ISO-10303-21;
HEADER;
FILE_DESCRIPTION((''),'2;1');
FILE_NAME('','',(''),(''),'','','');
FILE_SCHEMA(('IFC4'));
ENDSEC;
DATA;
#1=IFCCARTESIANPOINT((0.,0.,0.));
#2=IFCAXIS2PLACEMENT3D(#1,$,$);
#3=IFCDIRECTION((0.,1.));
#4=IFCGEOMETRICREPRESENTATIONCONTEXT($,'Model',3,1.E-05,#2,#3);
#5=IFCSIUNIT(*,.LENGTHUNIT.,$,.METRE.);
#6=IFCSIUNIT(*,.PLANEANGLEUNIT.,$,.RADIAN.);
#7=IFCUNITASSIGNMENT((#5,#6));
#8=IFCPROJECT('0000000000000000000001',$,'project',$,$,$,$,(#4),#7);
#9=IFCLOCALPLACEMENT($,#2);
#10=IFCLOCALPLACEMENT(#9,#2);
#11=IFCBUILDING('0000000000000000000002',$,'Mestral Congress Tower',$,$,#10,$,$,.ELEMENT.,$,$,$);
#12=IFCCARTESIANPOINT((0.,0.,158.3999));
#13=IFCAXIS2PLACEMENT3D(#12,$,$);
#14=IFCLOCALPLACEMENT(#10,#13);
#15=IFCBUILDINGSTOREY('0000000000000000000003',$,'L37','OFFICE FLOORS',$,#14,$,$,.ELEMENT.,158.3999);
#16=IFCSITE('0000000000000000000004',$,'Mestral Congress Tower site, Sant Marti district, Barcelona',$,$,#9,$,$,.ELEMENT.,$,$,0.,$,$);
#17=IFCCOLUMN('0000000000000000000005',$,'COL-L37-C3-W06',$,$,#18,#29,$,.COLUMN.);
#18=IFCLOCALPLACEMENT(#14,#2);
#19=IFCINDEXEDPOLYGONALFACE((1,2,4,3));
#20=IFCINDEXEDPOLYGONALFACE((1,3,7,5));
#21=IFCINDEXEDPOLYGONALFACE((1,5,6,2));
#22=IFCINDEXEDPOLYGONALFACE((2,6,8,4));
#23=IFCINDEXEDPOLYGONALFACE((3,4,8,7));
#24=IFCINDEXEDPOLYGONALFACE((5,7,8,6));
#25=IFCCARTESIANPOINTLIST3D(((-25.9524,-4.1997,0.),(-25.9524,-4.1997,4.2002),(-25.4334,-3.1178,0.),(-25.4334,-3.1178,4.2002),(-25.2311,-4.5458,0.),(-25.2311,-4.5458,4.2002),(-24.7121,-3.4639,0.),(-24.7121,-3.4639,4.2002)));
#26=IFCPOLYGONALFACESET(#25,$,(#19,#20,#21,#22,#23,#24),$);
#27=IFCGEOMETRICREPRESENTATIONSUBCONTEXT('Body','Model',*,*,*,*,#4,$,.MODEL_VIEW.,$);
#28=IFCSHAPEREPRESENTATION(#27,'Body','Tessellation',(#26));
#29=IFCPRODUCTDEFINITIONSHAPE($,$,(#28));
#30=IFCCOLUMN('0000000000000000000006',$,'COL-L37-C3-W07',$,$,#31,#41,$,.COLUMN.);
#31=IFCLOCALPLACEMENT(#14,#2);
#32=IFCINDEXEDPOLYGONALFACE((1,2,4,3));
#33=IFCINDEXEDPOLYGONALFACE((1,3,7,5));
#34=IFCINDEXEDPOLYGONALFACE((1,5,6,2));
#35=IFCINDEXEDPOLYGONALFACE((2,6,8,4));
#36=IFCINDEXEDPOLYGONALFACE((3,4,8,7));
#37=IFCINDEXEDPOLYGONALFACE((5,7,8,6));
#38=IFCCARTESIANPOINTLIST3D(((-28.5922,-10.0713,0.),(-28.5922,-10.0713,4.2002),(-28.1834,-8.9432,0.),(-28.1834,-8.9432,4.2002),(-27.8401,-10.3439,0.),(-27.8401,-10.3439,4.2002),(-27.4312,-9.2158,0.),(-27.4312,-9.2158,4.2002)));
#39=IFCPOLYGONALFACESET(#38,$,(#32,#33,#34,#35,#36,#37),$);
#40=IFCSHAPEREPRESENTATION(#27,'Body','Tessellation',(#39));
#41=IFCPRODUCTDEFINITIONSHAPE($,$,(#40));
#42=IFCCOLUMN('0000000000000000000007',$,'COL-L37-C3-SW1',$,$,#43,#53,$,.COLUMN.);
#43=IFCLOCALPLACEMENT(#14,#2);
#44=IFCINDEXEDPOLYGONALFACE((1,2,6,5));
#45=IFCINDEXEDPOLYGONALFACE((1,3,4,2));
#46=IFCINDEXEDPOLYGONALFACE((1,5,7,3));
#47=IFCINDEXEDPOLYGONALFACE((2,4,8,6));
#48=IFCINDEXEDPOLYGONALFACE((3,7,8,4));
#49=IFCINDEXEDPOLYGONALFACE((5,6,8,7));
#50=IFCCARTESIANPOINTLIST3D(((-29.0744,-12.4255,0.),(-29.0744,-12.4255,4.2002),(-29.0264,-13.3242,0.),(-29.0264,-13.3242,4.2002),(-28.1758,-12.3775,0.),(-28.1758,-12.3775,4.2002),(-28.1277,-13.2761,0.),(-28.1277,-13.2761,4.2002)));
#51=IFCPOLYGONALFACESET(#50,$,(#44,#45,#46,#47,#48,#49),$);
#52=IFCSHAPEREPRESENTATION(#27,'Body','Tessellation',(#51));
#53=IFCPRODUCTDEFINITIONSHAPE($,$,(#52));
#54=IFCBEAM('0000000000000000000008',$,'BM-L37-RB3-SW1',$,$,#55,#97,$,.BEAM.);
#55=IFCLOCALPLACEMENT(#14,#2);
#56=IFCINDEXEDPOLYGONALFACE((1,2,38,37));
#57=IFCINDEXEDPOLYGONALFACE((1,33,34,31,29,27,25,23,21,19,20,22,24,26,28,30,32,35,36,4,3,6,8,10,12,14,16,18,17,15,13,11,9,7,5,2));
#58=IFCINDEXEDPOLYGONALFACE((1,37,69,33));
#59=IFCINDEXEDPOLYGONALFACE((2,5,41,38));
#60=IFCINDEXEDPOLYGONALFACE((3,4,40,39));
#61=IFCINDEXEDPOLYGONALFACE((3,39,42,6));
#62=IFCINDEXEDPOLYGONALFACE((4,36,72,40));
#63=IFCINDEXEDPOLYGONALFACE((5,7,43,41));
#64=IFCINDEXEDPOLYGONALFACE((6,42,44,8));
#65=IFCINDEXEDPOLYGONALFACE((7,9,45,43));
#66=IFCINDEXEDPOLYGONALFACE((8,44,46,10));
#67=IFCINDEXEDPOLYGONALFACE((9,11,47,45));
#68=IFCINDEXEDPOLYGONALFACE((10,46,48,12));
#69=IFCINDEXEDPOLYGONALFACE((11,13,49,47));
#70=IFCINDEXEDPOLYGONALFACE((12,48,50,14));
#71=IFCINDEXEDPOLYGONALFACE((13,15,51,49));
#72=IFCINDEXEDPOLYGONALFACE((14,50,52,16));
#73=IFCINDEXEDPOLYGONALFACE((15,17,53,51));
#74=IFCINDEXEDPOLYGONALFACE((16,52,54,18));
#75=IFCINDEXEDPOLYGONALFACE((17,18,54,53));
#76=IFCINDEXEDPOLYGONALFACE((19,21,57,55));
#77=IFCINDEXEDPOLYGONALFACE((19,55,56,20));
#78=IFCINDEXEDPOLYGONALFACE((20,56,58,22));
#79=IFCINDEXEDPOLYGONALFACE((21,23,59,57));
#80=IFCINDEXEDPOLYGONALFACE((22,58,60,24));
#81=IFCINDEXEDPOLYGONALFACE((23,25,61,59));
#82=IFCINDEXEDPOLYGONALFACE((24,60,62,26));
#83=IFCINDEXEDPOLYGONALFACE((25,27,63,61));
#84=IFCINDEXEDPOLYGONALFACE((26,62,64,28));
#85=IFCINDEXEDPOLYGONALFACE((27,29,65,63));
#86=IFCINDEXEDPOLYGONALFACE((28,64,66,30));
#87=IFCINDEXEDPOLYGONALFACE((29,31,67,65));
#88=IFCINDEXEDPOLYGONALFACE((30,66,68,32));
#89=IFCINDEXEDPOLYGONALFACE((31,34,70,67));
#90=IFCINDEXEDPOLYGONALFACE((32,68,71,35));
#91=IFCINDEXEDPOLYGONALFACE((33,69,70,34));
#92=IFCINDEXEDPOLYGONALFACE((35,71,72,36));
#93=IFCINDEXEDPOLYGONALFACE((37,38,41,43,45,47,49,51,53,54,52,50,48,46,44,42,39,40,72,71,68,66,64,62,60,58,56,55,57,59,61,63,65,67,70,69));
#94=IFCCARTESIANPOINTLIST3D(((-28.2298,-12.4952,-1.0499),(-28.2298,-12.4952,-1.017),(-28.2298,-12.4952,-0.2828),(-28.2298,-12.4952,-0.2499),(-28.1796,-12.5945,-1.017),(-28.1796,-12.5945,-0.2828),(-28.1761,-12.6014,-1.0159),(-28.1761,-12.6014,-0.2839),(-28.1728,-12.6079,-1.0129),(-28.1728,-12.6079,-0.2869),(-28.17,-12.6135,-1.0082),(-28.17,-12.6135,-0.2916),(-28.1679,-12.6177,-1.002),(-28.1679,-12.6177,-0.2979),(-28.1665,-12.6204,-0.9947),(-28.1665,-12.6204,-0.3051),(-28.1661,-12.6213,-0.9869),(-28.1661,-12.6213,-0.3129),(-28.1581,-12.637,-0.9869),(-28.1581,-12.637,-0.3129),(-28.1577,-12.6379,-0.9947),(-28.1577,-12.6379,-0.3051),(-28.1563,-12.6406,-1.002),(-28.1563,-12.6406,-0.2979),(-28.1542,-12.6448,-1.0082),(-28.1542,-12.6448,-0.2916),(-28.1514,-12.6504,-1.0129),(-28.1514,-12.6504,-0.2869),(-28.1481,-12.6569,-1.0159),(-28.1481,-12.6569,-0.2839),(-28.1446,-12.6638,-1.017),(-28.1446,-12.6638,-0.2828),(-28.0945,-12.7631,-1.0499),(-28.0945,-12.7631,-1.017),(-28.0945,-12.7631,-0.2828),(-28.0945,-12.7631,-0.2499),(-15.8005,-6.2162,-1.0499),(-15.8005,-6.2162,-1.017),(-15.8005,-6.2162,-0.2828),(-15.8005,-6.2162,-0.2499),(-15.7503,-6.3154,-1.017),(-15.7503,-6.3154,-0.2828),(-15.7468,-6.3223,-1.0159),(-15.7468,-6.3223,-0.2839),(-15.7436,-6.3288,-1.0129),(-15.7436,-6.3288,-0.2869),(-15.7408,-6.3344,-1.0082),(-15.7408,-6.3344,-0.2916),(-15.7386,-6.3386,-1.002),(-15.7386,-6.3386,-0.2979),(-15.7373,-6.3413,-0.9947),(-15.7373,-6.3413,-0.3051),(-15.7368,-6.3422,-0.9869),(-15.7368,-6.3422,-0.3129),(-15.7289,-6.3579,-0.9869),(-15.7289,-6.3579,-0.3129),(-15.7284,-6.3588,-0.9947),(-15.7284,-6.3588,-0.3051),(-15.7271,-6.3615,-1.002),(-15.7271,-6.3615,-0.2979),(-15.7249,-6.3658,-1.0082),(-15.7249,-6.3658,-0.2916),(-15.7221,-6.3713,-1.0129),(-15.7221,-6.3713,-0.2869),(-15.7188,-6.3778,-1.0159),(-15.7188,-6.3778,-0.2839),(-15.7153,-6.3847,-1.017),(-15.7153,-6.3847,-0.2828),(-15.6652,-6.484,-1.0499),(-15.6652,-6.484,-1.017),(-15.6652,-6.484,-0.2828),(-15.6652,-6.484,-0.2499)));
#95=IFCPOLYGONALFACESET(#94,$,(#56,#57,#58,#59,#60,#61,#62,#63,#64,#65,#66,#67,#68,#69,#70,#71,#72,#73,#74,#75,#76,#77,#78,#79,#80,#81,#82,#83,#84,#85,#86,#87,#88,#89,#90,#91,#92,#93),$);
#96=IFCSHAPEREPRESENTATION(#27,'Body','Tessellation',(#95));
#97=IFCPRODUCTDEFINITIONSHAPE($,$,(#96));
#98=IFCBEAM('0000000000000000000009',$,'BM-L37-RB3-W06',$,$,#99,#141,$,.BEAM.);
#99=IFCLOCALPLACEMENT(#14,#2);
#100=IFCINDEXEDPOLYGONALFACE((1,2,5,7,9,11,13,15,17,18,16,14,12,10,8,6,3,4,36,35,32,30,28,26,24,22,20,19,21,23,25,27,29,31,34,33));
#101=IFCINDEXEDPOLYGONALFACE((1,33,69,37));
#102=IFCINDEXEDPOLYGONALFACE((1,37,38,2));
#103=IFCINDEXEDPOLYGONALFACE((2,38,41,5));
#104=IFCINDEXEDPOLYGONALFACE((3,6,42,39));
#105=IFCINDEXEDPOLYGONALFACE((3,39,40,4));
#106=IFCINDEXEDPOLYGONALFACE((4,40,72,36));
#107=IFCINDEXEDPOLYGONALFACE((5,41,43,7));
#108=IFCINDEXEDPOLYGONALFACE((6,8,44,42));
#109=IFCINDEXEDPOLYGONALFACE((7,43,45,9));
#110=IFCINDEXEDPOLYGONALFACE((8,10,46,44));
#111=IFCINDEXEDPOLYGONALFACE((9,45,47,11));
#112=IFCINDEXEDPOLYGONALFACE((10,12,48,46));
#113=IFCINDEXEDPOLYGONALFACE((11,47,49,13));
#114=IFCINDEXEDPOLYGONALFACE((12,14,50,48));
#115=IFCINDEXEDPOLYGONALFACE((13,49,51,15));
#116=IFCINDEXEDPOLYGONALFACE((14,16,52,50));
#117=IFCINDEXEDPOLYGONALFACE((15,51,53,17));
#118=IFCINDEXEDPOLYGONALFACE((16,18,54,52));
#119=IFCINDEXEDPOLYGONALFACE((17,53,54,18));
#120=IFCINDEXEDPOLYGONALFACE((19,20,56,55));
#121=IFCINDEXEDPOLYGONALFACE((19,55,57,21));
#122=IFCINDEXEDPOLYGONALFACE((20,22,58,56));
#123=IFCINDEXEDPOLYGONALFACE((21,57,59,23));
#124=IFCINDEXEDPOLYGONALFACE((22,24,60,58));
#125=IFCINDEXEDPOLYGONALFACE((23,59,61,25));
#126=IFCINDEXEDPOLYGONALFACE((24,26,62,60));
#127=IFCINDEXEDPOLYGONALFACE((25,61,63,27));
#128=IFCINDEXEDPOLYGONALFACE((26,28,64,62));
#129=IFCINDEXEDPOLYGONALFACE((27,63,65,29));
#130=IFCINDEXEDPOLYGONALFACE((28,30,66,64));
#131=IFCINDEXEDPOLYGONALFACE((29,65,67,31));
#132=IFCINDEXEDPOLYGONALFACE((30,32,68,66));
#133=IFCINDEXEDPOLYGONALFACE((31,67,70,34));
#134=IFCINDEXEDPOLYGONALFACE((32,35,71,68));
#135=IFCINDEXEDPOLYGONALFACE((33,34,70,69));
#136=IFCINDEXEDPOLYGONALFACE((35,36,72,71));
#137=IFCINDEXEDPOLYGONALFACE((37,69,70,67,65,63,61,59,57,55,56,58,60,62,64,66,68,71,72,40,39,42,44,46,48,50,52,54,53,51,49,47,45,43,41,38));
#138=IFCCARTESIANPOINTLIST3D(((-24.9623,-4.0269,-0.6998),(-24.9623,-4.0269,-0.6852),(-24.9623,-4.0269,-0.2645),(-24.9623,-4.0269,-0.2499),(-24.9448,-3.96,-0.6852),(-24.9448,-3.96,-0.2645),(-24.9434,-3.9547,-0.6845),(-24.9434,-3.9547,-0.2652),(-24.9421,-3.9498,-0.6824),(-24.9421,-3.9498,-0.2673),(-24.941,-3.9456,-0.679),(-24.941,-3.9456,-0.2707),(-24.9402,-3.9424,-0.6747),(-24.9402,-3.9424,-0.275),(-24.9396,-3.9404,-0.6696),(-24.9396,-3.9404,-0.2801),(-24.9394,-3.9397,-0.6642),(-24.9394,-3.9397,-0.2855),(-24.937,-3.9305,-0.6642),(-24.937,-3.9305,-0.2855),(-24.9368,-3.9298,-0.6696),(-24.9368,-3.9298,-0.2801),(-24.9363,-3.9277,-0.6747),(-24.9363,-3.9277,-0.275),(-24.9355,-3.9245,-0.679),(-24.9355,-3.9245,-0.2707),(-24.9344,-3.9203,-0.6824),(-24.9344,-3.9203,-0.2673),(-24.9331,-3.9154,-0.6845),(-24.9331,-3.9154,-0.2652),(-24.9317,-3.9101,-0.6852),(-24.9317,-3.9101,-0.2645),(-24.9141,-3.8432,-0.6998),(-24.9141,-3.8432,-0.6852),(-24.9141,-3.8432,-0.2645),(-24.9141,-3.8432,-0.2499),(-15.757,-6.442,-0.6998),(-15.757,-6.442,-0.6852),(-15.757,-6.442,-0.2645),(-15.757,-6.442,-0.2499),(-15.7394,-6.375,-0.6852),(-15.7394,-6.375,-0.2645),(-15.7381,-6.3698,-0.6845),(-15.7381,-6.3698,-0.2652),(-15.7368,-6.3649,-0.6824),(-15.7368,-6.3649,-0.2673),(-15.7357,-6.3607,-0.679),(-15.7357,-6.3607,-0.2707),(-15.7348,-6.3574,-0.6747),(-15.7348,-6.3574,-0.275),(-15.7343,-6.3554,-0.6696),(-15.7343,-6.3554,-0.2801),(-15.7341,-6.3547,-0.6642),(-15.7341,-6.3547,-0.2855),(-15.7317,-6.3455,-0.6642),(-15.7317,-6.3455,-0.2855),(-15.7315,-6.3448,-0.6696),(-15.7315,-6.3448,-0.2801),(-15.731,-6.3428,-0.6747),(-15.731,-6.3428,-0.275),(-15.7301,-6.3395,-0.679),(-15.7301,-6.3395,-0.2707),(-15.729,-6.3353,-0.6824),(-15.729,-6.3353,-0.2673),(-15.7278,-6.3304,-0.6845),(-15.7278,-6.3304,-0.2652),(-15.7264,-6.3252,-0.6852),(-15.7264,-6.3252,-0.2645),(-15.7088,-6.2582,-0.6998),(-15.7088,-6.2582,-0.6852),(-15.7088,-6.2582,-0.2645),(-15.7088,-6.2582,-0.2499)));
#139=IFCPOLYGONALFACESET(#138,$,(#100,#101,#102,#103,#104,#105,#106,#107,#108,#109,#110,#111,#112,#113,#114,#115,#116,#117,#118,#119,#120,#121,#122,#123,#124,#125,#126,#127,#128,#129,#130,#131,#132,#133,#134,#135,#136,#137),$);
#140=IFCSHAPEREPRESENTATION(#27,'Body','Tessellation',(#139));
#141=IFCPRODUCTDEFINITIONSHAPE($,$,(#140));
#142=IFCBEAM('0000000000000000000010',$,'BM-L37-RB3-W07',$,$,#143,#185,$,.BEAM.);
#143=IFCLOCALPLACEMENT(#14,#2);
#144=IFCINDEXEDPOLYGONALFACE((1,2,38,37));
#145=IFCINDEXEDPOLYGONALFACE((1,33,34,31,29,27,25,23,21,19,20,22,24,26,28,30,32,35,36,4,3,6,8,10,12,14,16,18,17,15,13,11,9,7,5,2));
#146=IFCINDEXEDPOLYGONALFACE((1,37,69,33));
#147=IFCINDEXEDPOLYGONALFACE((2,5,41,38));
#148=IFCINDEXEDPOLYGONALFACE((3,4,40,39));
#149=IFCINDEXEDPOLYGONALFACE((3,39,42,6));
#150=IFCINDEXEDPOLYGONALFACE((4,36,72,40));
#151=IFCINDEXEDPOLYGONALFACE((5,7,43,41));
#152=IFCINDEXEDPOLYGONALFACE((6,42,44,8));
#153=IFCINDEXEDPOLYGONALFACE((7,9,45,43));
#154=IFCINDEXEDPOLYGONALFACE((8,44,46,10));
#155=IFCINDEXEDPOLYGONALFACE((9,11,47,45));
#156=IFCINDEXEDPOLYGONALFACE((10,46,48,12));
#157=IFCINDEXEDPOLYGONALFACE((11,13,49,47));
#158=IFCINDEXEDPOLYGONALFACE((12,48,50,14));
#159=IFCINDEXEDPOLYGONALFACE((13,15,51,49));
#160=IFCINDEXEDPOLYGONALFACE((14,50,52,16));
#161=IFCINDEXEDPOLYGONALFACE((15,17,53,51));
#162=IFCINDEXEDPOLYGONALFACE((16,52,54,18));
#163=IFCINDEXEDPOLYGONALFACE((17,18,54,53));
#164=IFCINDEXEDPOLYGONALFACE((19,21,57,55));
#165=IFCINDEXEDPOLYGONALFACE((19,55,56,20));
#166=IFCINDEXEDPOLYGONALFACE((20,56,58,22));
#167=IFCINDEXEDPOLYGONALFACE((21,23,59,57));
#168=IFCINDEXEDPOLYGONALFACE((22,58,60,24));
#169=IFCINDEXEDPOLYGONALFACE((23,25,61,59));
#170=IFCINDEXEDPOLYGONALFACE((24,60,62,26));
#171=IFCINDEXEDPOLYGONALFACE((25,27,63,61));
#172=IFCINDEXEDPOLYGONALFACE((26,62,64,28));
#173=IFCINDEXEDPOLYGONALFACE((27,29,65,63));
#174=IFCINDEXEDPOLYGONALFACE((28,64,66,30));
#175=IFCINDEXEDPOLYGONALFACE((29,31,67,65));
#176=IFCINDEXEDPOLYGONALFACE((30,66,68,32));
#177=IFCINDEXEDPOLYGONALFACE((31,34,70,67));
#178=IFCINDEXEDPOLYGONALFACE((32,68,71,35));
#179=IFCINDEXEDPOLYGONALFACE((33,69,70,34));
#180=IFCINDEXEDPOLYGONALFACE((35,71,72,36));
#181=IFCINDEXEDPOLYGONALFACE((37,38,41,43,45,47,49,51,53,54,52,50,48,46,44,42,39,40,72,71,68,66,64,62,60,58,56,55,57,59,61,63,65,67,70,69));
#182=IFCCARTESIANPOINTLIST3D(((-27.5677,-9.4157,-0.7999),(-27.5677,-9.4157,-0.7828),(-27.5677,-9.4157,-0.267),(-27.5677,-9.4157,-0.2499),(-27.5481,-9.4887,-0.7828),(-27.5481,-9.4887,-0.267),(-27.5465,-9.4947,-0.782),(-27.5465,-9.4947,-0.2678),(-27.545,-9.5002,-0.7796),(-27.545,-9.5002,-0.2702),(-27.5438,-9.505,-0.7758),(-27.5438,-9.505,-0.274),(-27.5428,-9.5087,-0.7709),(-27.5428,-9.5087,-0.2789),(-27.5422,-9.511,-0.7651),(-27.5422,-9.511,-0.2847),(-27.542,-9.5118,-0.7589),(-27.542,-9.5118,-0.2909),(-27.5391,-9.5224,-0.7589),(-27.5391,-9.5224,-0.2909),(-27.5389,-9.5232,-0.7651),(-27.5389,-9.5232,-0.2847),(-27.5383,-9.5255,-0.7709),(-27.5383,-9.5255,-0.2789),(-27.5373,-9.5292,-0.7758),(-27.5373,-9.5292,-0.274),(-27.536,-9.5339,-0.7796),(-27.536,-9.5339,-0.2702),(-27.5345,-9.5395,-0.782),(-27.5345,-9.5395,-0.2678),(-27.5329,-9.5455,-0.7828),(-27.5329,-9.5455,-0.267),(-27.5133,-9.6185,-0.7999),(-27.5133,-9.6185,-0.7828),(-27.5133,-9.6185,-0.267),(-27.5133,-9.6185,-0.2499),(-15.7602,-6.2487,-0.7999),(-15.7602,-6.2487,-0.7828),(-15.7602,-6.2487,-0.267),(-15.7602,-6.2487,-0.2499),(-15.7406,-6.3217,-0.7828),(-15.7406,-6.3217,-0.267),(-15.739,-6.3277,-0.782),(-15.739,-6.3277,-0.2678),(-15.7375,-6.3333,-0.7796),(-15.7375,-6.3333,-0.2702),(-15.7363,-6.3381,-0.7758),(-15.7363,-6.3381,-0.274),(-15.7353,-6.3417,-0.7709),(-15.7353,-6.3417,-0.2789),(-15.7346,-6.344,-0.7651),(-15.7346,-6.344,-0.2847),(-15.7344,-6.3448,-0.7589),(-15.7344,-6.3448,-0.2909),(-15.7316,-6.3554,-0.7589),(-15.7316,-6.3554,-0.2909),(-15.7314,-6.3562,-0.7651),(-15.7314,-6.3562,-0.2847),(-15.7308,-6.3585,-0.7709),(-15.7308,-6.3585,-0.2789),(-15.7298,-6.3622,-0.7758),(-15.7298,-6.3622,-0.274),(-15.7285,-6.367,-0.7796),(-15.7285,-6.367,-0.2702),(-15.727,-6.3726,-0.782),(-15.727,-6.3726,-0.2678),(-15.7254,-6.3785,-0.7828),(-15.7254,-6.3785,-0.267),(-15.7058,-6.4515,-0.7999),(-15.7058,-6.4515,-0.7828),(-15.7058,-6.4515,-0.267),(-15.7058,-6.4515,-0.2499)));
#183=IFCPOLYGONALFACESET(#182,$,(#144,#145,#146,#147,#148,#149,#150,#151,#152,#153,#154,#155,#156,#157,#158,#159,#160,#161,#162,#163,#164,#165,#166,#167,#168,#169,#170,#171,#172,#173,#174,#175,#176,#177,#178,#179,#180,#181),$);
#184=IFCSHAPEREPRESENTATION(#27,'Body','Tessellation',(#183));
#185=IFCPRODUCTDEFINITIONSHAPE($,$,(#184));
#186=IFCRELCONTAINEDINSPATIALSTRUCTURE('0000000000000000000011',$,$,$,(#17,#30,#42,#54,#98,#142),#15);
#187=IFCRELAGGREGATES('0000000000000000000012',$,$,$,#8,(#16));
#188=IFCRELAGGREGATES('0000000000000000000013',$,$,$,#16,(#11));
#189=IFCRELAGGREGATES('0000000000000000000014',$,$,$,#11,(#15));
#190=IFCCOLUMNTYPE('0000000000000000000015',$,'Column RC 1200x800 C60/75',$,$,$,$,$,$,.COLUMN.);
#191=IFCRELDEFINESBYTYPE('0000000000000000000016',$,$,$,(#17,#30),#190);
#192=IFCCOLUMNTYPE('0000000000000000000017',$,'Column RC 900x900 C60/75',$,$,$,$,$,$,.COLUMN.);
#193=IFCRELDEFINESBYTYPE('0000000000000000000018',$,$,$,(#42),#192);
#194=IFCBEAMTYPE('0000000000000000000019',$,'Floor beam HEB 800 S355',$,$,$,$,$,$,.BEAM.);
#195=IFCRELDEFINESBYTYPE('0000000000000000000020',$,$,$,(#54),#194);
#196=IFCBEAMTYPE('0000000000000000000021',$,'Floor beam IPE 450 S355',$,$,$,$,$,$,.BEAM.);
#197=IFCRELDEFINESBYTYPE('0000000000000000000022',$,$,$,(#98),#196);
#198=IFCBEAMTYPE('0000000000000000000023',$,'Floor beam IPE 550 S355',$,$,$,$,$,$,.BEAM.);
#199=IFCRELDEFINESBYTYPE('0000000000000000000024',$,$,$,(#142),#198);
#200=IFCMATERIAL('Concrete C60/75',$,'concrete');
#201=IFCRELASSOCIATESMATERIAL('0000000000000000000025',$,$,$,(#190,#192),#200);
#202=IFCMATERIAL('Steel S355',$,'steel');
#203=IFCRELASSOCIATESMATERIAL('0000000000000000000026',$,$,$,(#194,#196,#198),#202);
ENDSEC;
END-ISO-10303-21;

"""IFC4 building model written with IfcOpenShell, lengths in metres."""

from ifc_helpers import new_model, si_unit, direction, frame, origin, origin_2d, place, context, subcontext, project, spatial, rectangle, i_section, extrude, material, material_profile, profile_set, type_object, element, save


model = new_model("IFC4")

# Units and contexts
model_context = context("Model", 3, precision=1e-05, world=origin(), true_north=direction((0.0, 1.0)))
body_context = subcontext(model_context, "Body", "Model", "MODEL_VIEW")
ifc_project = project(units=[si_unit("LENGTHUNIT", "METRE"), si_unit("PLANEANGLEUNIT", "RADIAN")], contexts=[model_context])

# Site, building, storey
site_placement = place(None, origin())
site = spatial("IfcSite", under=ifc_project, at=site_placement, Name="Mestral Congress Tower site, Sant Marti district, Barcelona", CompositionType="ELEMENT", RefElevation=0.0)
building_placement = place(site_placement, origin())
building = spatial("IfcBuilding", under=site, at=building_placement, Name="Mestral Congress Tower", CompositionType="ELEMENT")
storey_placement = place(building_placement, frame((0.0, 0.0, 158.3999)))
storey = spatial("IfcBuildingStorey", under=building, at=storey_placement, Name="L37", Description="OFFICE FLOORS", CompositionType="ELEMENT", Elevation=158.3999)

# Columns
ifc_material_1 = material(Name="Concrete C60/75", Category="concrete")
ifc_material_profile_1 = material_profile(ifc_material_1, rectangle(XDim=1.2, YDim=0.8, at=origin_2d()), Name="RC 1200x800")
ifc_profile_set_1 = profile_set([ifc_material_profile_1], Name="Concrete C60/75")
column_type_1 = type_object("IfcColumnType", Name="Column RC 1200x800 C60/75", PredefinedType="COLUMN", material=ifc_profile_set_1)
for number, where, z_axis, x_axis, name in (
    (1, (-25.3323, -3.8318, 0.0), (0.0, 0.0, 1.0), (-0.432522, -0.901624, 0.0), "COL-L37-C3-W06"),
    (2, (-28.0117, -9.6436, 0.0), (0.0, 0.0, 1.0), (-0.340744, -0.940156, 0.0), "COL-L37-C3-W07"),
):
    element("IfcColumn", number, at=place(storey_placement, frame(where, z_axis=z_axis, x_axis=x_axis)), inside=storey, type_object=column_type_1, Name=name, PredefinedType="COLUMN", context=body_context, shape_type="SweptSolid", body=[
        extrude(rectangle(XDim=1.2, YDim=0.8, at=origin_2d()), origin(), (0.0, 0.0, 1.0), 4.2002),
    ])
ifc_material_profile_2 = material_profile(ifc_material_1, rectangle(XDim=0.8999, YDim=0.8999, at=origin_2d()), Name="RC 900x900")
ifc_profile_set_2 = profile_set([ifc_material_profile_2], Name="Concrete C60/75")
column_type_2 = type_object("IfcColumnType", Name="Column RC 900x900 C60/75", PredefinedType="COLUMN", material=ifc_profile_set_2)
column_placement = place(storey_placement, frame((-28.6011, -12.8508, 0.0), z_axis=(0.0, 0.0, 1.0), x_axis=(0.053392, -0.998574, 0.0)))
element("IfcColumn", 3, at=column_placement, inside=storey, type_object=column_type_2, Name="COL-L37-C3-SW1", PredefinedType="COLUMN", context=body_context, shape_type="SweptSolid", body=[
    extrude(rectangle(XDim=0.8999, YDim=0.8999, at=origin_2d()), origin(), (0.0, 0.0, 1.0), 4.2002),
])

# Beams
ifc_material_2 = material(Name="Steel S355", Category="steel")
ifc_material_profile_3 = material_profile(ifc_material_2, i_section(OverallWidth=0.3, OverallDepth=0.8, WebThickness=0.0176, FlangeThickness=0.033, FilletRadius=0.03, at=origin_2d()), Name="HEB 800")
ifc_profile_set_3 = profile_set([ifc_material_profile_3], Name="Steel S355")
beam_type_1 = type_object("IfcBeamType", Name="Floor beam HEB 800 S355", PredefinedType="BEAM", material=ifc_profile_set_3)
beam_1_placement = place(storey_placement, frame((-28.1621, -12.6292, -0.6499), z_axis=(0.892568, 0.450913, 0.0), x_axis=(-0.450913, 0.892568, 0.0)))
element("IfcBeam", 4, at=beam_1_placement, inside=storey, type_object=beam_type_1, Name="BM-L37-RB3-SW1", PredefinedType="BEAM", context=body_context, shape_type="SweptSolid", body=[
    extrude(i_section(OverallWidth=0.3, OverallDepth=0.8, WebThickness=0.0176, FlangeThickness=0.033, FilletRadius=0.03, at=origin_2d()), origin(), (0.0, 0.0, 1.0), 13.9253),
])
ifc_material_profile_4 = material_profile(ifc_material_2, i_section(OverallWidth=0.1899, OverallDepth=0.45, WebThickness=0.0095, FlangeThickness=0.0146, FilletRadius=0.021, at=origin_2d()), Name="IPE 450")
ifc_profile_set_4 = profile_set([ifc_material_profile_4], Name="Steel S355")
beam_type_2 = type_object("IfcBeamType", Name="Floor beam IPE 450 S355", PredefinedType="BEAM", material=ifc_profile_set_4)
beam_2_placement = place(storey_placement, frame((-24.9382, -3.9351, -0.4749), z_axis=(0.967266, -0.253765, 0.0), x_axis=(0.253765, 0.967266, 0.0)))
element("IfcBeam", 5, at=beam_2_placement, inside=storey, type_object=beam_type_2, Name="BM-L37-RB3-W06", PredefinedType="BEAM", context=body_context, shape_type="SweptSolid", body=[
    extrude(i_section(OverallWidth=0.1899, OverallDepth=0.45, WebThickness=0.0095, FlangeThickness=0.0146, FilletRadius=0.021, at=origin_2d()), origin(), (0.0, 0.0, 1.0), 9.5168),
])
ifc_material_profile_5 = material_profile(ifc_material_2, i_section(OverallWidth=0.21, OverallDepth=0.55, WebThickness=0.011, FlangeThickness=0.0171, FilletRadius=0.0239, at=origin_2d()), Name="IPE 550")
ifc_profile_set_5 = profile_set([ifc_material_profile_5], Name="Steel S355")
beam_type_3 = type_object("IfcBeamType", Name="Floor beam IPE 550 S355", PredefinedType="BEAM", material=ifc_profile_set_5)
beam_3_placement = place(storey_placement, frame((-27.5405, -9.5171, -0.5249), z_axis=(0.965861, 0.259059, 0.0), x_axis=(-0.259059, 0.965861, 0.0)))
element("IfcBeam", 6, at=beam_3_placement, inside=storey, type_object=beam_type_3, Name="BM-L37-RB3-W07", PredefinedType="BEAM", context=body_context, shape_type="SweptSolid", body=[
    extrude(i_section(OverallWidth=0.21, OverallDepth=0.55, WebThickness=0.011, FlangeThickness=0.0171, FilletRadius=0.0239, at=origin_2d()), origin(), (0.0, 0.0, 1.0), 12.2249),
])

save(model, "model.ifc")
